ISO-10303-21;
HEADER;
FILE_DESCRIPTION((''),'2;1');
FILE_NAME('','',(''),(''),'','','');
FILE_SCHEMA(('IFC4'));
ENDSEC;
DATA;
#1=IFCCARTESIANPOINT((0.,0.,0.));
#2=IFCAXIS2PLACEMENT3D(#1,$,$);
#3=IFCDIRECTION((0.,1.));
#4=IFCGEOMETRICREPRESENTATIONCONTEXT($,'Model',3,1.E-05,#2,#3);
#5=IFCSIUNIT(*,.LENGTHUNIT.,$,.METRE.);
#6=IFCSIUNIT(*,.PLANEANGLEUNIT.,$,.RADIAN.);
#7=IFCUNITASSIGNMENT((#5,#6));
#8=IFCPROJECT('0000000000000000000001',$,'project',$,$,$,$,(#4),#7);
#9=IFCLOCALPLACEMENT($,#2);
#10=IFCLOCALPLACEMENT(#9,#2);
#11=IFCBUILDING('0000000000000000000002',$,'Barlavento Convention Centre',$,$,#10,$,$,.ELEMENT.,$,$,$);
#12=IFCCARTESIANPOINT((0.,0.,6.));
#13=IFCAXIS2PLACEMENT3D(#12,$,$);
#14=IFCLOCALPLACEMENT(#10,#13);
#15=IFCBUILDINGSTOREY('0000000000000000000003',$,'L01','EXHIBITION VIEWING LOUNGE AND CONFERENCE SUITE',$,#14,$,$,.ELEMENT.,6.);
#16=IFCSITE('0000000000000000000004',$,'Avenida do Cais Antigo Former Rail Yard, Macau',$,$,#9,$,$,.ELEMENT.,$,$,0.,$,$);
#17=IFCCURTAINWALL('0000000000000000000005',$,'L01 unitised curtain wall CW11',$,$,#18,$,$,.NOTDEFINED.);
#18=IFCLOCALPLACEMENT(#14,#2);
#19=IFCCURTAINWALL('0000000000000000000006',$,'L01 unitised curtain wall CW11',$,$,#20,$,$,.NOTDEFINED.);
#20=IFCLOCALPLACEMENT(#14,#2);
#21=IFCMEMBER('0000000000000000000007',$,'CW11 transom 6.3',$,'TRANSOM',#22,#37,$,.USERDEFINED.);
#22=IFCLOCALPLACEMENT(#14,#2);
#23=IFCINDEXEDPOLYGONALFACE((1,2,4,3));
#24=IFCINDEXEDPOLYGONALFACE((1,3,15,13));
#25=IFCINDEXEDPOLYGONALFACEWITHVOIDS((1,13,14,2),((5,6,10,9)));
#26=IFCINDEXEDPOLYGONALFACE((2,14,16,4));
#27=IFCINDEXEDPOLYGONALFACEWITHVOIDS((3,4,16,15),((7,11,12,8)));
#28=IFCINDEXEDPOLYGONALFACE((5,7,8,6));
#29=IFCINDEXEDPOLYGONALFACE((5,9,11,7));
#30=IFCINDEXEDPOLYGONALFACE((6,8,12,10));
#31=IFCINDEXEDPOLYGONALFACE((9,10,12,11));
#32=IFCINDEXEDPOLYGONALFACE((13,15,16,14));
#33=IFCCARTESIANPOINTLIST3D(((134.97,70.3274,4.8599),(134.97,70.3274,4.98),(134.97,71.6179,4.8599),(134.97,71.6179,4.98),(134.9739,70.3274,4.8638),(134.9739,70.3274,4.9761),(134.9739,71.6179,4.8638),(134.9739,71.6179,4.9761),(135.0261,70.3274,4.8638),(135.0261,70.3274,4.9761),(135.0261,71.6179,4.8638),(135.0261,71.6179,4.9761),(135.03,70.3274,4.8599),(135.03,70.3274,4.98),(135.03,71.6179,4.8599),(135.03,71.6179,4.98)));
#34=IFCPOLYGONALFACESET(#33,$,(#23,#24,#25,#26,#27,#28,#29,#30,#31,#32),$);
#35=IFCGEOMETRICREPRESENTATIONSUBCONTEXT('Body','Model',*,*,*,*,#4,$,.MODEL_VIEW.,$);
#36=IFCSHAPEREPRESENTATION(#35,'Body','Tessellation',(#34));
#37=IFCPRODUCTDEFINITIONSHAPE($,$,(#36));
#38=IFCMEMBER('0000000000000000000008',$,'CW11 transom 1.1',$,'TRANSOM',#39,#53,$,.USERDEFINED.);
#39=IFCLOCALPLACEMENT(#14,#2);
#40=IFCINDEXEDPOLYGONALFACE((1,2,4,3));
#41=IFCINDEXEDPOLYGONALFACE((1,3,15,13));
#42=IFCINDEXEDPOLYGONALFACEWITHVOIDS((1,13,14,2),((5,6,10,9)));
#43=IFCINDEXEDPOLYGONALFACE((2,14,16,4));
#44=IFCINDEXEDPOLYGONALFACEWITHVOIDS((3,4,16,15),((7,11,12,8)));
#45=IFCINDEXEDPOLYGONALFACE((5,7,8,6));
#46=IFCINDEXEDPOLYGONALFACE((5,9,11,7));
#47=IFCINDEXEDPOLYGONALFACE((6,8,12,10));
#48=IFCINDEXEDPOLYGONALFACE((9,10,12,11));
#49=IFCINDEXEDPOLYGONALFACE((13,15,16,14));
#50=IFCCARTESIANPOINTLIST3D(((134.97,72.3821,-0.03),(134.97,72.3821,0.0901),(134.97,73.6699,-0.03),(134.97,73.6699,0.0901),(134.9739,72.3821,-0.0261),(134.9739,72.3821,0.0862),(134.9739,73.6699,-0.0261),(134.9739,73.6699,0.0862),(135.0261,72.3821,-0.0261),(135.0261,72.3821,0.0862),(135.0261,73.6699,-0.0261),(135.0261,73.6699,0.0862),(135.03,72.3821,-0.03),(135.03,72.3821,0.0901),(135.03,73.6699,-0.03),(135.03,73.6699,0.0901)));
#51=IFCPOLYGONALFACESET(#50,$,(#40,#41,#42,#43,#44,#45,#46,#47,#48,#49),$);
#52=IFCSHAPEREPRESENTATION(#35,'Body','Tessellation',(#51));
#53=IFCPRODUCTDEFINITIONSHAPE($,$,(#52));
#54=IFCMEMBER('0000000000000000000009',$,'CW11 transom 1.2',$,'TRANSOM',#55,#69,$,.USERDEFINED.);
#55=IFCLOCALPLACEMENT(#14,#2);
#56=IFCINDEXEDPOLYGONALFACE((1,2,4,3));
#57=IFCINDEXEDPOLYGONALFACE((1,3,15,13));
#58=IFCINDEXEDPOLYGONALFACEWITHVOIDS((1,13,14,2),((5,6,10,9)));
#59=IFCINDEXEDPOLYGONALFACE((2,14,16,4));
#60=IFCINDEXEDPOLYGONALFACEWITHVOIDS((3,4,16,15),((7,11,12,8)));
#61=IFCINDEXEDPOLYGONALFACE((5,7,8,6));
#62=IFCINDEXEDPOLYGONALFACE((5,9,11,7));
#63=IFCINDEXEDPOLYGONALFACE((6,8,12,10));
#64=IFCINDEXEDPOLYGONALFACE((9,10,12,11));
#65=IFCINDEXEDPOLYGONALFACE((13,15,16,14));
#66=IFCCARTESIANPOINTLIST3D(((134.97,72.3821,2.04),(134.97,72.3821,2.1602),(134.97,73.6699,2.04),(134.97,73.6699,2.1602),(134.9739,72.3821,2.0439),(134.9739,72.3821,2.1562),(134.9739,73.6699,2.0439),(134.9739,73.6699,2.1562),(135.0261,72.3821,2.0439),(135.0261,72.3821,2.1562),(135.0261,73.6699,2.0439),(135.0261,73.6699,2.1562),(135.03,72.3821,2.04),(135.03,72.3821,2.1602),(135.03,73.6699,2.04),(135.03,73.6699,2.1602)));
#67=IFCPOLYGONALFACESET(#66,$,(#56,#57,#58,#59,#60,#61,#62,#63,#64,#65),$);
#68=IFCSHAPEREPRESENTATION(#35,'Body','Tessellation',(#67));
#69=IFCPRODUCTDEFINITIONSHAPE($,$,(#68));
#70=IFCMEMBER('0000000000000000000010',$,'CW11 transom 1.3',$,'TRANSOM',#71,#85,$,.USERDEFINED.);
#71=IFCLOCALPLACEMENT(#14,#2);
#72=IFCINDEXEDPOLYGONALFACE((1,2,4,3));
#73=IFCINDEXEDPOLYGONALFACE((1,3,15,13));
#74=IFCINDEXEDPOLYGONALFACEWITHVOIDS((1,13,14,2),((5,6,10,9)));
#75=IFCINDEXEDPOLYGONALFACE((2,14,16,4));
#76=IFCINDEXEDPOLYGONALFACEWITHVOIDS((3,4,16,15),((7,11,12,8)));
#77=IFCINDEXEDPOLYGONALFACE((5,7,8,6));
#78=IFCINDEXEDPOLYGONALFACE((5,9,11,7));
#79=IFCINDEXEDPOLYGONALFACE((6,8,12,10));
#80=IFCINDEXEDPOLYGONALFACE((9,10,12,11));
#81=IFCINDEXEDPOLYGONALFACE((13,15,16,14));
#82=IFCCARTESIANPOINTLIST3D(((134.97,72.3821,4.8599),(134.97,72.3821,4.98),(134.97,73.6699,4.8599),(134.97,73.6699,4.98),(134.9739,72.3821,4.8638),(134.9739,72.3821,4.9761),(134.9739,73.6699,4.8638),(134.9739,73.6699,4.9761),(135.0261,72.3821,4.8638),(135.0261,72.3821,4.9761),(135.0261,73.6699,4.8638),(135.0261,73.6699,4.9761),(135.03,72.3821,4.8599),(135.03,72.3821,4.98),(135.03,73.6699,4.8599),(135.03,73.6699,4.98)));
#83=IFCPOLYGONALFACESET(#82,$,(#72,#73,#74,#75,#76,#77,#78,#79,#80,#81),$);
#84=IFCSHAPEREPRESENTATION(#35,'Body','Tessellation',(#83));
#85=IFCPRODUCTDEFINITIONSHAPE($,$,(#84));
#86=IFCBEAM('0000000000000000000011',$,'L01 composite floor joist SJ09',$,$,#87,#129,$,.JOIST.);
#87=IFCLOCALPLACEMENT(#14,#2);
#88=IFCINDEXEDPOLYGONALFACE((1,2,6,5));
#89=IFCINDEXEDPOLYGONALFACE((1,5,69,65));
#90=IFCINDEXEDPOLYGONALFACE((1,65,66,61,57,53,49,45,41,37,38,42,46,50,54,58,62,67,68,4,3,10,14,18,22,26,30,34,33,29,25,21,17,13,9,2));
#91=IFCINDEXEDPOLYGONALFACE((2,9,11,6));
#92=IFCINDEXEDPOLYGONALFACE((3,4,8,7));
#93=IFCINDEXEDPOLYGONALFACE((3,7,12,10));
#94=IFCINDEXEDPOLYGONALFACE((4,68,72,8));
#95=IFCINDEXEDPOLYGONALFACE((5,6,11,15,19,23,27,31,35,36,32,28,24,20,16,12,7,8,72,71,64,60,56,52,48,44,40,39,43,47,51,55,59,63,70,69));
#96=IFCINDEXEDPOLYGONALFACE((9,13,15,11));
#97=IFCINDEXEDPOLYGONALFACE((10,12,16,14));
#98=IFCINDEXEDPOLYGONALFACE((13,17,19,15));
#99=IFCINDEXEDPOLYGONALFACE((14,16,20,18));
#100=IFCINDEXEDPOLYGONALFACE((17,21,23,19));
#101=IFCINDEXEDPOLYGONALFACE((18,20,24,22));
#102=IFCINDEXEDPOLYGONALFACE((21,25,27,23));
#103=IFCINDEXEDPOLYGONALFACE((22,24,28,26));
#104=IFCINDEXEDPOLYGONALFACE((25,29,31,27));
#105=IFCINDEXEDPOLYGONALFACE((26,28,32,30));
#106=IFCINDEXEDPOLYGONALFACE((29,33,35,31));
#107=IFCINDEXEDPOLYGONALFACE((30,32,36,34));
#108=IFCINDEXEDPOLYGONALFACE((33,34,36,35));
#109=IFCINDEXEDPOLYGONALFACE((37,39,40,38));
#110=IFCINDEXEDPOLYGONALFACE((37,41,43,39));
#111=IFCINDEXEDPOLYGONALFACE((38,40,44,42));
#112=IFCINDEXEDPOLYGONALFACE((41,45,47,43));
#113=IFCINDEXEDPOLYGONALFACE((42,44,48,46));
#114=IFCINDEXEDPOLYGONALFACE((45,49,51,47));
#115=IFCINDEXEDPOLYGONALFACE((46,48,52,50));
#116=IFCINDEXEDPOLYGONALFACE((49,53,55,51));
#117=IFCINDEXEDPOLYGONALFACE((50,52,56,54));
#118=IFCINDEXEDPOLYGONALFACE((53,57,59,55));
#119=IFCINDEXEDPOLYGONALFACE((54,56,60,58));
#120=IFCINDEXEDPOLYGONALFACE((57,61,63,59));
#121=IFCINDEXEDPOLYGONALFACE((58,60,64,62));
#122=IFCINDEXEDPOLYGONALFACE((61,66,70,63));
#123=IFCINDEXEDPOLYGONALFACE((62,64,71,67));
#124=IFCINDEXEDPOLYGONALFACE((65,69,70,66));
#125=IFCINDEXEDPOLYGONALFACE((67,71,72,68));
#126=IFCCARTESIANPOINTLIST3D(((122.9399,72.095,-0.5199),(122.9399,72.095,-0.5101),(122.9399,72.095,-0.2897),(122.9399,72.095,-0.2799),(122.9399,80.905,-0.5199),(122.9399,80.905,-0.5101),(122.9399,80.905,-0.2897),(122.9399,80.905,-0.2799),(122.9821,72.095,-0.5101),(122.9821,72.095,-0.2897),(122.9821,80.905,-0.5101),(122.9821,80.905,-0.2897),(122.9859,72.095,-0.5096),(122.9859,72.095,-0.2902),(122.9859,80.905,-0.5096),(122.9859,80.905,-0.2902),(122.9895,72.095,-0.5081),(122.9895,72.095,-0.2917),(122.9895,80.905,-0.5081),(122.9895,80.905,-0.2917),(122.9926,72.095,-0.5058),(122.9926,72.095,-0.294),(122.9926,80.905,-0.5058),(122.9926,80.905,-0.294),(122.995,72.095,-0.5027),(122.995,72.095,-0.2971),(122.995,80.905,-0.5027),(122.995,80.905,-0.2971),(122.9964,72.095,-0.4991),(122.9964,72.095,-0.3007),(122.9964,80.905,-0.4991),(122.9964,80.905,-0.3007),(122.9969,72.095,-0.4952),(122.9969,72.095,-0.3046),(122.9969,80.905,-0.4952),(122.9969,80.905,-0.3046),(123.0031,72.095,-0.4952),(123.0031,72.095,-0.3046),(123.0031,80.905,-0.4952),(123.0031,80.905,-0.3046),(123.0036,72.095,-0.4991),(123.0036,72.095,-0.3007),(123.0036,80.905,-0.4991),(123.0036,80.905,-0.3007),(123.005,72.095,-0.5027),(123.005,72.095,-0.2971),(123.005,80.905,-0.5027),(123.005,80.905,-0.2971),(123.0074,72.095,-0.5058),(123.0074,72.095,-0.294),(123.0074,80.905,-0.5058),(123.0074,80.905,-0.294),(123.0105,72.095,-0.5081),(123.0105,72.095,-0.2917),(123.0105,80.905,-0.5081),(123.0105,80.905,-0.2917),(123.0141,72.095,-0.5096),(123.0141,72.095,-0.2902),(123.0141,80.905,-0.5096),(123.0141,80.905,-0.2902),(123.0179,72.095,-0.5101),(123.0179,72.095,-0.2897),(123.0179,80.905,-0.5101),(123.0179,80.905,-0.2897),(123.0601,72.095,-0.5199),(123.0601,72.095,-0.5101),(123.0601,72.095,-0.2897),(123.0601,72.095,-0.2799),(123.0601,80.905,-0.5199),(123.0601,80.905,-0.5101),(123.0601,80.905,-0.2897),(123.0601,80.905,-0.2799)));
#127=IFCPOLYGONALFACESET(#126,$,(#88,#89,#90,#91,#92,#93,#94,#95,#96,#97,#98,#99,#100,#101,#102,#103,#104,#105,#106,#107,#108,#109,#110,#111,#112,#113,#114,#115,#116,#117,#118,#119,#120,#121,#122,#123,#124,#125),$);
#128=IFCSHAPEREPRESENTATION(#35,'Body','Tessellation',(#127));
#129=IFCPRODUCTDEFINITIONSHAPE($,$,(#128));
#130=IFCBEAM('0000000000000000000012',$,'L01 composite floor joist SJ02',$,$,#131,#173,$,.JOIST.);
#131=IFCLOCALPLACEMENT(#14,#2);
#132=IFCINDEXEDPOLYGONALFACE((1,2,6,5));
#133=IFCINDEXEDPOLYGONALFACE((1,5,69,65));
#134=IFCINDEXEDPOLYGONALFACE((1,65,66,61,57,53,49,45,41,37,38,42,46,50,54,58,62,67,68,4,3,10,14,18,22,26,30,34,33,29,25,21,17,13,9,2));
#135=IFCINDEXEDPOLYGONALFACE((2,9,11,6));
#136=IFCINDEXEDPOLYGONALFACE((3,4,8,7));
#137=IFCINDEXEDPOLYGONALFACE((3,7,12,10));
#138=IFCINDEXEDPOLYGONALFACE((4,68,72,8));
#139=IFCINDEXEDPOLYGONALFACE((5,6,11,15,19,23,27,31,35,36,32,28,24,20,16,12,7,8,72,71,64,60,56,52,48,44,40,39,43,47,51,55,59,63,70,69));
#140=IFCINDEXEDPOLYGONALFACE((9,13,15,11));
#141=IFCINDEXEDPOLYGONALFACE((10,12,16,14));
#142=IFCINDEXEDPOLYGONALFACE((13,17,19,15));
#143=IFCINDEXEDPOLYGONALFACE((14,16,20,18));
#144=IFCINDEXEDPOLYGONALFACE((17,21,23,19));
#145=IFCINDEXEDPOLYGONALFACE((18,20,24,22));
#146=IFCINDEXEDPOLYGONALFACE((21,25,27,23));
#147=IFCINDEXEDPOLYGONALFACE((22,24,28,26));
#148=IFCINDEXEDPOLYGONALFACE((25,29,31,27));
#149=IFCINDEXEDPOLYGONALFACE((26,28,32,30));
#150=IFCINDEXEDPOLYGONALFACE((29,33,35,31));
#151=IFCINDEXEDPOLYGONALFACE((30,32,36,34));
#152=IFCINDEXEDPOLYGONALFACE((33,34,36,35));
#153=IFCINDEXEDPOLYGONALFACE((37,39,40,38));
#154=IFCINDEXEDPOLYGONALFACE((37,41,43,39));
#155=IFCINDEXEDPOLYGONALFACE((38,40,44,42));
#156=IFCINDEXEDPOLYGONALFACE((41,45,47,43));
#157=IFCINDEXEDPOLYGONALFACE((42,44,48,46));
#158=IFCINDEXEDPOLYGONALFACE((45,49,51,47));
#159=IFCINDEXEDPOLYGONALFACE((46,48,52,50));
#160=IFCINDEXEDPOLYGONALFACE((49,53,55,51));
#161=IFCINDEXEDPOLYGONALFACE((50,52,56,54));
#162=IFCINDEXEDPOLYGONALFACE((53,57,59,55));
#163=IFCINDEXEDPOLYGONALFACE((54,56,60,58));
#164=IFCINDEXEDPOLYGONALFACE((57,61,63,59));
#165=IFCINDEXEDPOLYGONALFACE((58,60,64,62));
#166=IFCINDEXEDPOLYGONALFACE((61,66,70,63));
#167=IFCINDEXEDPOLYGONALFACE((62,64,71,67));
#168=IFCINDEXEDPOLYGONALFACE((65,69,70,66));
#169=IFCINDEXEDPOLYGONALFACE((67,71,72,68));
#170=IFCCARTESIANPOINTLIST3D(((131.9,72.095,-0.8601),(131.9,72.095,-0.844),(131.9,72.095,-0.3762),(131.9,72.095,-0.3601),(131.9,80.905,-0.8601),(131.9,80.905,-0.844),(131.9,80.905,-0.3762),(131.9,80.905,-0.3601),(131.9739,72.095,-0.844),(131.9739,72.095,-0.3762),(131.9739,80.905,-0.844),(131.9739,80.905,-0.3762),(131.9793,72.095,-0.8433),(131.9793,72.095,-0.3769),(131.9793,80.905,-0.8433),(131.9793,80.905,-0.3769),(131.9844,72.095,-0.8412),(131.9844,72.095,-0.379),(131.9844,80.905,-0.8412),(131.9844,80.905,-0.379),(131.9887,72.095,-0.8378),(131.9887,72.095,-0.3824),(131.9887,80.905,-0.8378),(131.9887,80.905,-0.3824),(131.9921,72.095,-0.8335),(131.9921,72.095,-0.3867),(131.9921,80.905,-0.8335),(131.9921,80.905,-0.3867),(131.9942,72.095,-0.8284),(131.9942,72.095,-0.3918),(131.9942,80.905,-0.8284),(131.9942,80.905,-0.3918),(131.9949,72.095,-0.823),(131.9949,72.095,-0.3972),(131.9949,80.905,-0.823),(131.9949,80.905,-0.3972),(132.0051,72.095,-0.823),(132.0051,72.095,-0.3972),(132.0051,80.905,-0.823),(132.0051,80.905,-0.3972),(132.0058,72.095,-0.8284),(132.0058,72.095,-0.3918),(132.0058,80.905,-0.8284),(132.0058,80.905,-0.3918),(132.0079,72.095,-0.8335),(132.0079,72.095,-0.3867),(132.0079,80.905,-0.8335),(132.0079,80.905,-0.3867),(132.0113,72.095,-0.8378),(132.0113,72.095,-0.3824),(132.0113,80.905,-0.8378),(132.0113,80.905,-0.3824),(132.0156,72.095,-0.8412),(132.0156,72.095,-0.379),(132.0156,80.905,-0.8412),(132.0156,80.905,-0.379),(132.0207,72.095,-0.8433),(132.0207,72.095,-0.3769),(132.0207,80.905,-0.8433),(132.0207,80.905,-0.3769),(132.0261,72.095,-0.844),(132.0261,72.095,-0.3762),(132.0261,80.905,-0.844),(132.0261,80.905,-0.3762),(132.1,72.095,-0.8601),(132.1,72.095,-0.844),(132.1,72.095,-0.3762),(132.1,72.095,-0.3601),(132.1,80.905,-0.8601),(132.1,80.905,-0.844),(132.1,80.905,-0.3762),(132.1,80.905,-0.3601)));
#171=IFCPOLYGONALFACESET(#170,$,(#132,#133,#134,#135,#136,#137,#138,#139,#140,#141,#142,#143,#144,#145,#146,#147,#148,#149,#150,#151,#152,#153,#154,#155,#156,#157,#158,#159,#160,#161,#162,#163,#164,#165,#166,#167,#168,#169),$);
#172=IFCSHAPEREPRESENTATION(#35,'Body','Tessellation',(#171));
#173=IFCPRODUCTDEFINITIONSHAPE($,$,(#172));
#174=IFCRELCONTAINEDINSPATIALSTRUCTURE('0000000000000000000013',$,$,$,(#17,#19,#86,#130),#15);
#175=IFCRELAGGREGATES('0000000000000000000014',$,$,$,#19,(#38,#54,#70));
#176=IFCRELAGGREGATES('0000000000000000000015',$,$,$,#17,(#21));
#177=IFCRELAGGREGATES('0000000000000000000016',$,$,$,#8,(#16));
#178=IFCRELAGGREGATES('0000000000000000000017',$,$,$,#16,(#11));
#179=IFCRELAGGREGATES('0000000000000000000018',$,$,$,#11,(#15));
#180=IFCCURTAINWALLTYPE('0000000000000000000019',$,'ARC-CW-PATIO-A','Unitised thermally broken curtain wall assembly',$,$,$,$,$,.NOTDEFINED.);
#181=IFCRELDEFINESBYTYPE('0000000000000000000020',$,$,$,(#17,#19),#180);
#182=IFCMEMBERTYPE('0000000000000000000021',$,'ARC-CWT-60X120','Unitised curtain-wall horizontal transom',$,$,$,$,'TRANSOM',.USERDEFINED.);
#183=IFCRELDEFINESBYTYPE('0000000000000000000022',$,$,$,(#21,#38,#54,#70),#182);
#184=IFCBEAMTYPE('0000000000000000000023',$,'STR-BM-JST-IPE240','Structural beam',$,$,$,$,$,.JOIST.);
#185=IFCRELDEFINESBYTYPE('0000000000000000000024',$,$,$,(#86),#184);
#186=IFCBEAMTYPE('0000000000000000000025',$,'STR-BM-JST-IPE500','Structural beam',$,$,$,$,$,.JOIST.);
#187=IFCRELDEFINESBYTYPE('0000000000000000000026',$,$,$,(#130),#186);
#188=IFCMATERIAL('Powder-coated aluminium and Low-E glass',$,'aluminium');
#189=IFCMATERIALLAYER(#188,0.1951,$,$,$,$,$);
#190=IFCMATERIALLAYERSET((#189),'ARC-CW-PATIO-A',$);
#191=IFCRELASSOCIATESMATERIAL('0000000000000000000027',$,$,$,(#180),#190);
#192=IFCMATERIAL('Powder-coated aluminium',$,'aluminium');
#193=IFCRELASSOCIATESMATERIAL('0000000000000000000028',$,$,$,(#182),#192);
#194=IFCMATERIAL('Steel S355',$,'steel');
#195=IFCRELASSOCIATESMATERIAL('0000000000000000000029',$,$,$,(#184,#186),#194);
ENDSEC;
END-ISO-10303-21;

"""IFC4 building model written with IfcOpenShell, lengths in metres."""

from ifc_helpers import new_model, si_unit, direction, frame, origin, origin_2d, place, context, subcontext, project, spatial, hollow_rectangle, i_section, extrude, material, layer, layer_set, material_profile, profile_set, type_object, element, aggregate, save


model = new_model("IFC4")

# Units and contexts
model_context = context("Model", 3, precision=1e-05, world=origin(), true_north=direction((0.0, 1.0)))
body_context = subcontext(model_context, "Body", "Model", "MODEL_VIEW")
ifc_project = project(units=[si_unit("LENGTHUNIT", "METRE"), si_unit("PLANEANGLEUNIT", "RADIAN")], contexts=[model_context])

# Site, building, storey
site_placement = place(None, origin())
site = spatial("IfcSite", under=ifc_project, at=site_placement, Name="Avenida do Cais Antigo Former Rail Yard, Macau", CompositionType="ELEMENT", RefElevation=0.0)
building_placement = place(site_placement, origin())
building = spatial("IfcBuilding", under=site, at=building_placement, Name="Barlavento Convention Centre", CompositionType="ELEMENT")
storey_placement = place(building_placement, frame((0.0, 0.0, 6.0)))
storey = spatial("IfcBuildingStorey", under=building, at=storey_placement, Name="L01", Description="EXHIBITION VIEWING LOUNGE AND CONFERENCE SUITE", CompositionType="ELEMENT", Elevation=6.0)

# Shared definitions
ifc_material_1 = material(Name="Steel S355", Category="steel")

# Curtain wall
ifc_material_2 = material(Name="Powder-coated aluminium and Low-E glass", Category="aluminium")
ifc_layer_1 = layer(ifc_material_2, 0.1951)
ifc_layer_set_1 = layer_set([ifc_layer_1], Name="ARC-CW-PATIO-A")
curtain_wall_type = type_object("IfcCurtainWallType", Name="ARC-CW-PATIO-A", Description="Unitised thermally broken curtain wall assembly", PredefinedType="NOTDEFINED", material=ifc_layer_set_1)
curtain_wall_1_placement = place(storey_placement, origin())
curtain_wall_1 = element("IfcCurtainWall", 1, at=curtain_wall_1_placement, inside=storey, type_object=curtain_wall_type, Name="L01 unitised curtain wall CW11", PredefinedType="NOTDEFINED")
ifc_material_3 = material(Name="Powder-coated aluminium", Category="aluminium")

# Curtain wall
curtain_wall_2_placement = place(storey_placement, origin())
curtain_wall_2 = element("IfcCurtainWall", 2, at=curtain_wall_2_placement, inside=storey, type_object=curtain_wall_type, Name="L01 unitised curtain wall CW11", PredefinedType="NOTDEFINED")

# Members
ifc_material_profile_1 = material_profile(ifc_material_3, hollow_rectangle(XDim=0.0601, YDim=0.1201, WallThickness=0.0039, at=origin_2d()), Name="AL-TRAN 60x120x4")
ifc_profile_set_1 = profile_set([ifc_material_profile_1], Name="Powder-coated aluminium")
member_type_1 = type_object("IfcMemberType", Name="ARC-CWT-60X120", Description="Unitised curtain-wall horizontal transom", ElementType="TRANSOM", PredefinedType="USERDEFINED", material=ifc_profile_set_1)
member_1_placement = place(storey_placement, frame((135.0, 70.3274, 4.9199), z_axis=(0.0, 1.0, 0.0), x_axis=(-1.0, 0.0, 0.0)))
member_1 = element("IfcMember", 3, at=member_1_placement, type_object=member_type_1, Name="CW11 transom 6.3", ObjectType="TRANSOM", PredefinedType="USERDEFINED", context=body_context, shape_type="SweptSolid", body=[
    extrude(hollow_rectangle(XDim=0.0601, YDim=0.1201, WallThickness=0.0039, at=origin_2d()), origin(), (0.0, 0.0, 1.0), 1.2905),
])
member_2_placement = place(storey_placement, frame((135.0, 72.3821, 0.03), z_axis=(0.0, 1.0, 0.0), x_axis=(-1.0, 0.0, 0.0)))
member_2 = element("IfcMember", 4, at=member_2_placement, type_object=member_type_1, Name="CW11 transom 1.1", ObjectType="TRANSOM", PredefinedType="USERDEFINED", context=body_context, shape_type="SweptSolid", body=[
    extrude(hollow_rectangle(XDim=0.0601, YDim=0.1201, WallThickness=0.0039, at=origin_2d()), origin(), (0.0, 0.0, 1.0), 1.2878),
])
member_3_placement = place(storey_placement, frame((135.0, 72.3821, 2.1001), z_axis=(0.0, 1.0, 0.0), x_axis=(-1.0, 0.0, 0.0)))
member_3 = element("IfcMember", 5, at=member_3_placement, type_object=member_type_1, Name="CW11 transom 1.2", ObjectType="TRANSOM", PredefinedType="USERDEFINED", context=body_context, shape_type="SweptSolid", body=[
    extrude(hollow_rectangle(XDim=0.0601, YDim=0.1201, WallThickness=0.0039, at=origin_2d()), origin(), (0.0, 0.0, 1.0), 1.2878),
])
member_4_placement = place(storey_placement, frame((135.0, 72.3821, 4.9199), z_axis=(0.0, 1.0, 0.0), x_axis=(-1.0, 0.0, 0.0)))
member_4 = element("IfcMember", 6, at=member_4_placement, type_object=member_type_1, Name="CW11 transom 1.3", ObjectType="TRANSOM", PredefinedType="USERDEFINED", context=body_context, shape_type="SweptSolid", body=[
    extrude(hollow_rectangle(XDim=0.0601, YDim=0.1201, WallThickness=0.0039, at=origin_2d()), origin(), (0.0, 0.0, 1.0), 1.2878),
])
aggregate(curtain_wall_2, [member_2, member_3, member_4])

# Beams
ifc_material_profile_2 = material_profile(ifc_material_1, i_section(OverallWidth=0.1201, OverallDepth=0.24, WebThickness=0.0061, FlangeThickness=0.0098, FilletRadius=0.0149, at=origin_2d()), Name="IPE 240")
ifc_profile_set_2 = profile_set([ifc_material_profile_2], Name="Steel S355")
beam_type_1 = type_object("IfcBeamType", Name="STR-BM-JST-IPE240", Description="Structural beam", PredefinedType="JOIST", material=ifc_profile_set_2)
beam_1_placement = place(storey_placement, frame((123.0, 72.095, -0.3999), z_axis=(0.0, 1.0, 0.0), x_axis=(-1.0, 0.0, 0.0)))
element("IfcBeam", 7, at=beam_1_placement, inside=storey, type_object=beam_type_1, Name="L01 composite floor joist SJ09", PredefinedType="JOIST", context=body_context, shape_type="SweptSolid", body=[
    extrude(i_section(OverallWidth=0.1201, OverallDepth=0.24, WebThickness=0.0061, FlangeThickness=0.0098, FilletRadius=0.0149, at=origin_2d()), origin(), (0.0, 0.0, 1.0), 8.8101),
])
ifc_material_profile_3 = material_profile(ifc_material_1, i_section(OverallWidth=0.2, OverallDepth=0.5, WebThickness=0.0103, FlangeThickness=0.0161, FilletRadius=0.021, at=origin_2d()), Name="IPE 500")
ifc_profile_set_3 = profile_set([ifc_material_profile_3], Name="Steel S355")
beam_type_2 = type_object("IfcBeamType", Name="STR-BM-JST-IPE500", Description="Structural beam", PredefinedType="JOIST", material=ifc_profile_set_3)
beam_2_placement = place(storey_placement, frame((132.0, 72.095, -0.6101), z_axis=(0.0, 1.0, 0.0), x_axis=(-1.0, 0.0, 0.0)))
element("IfcBeam", 8, at=beam_2_placement, inside=storey, type_object=beam_type_2, Name="L01 composite floor joist SJ02", PredefinedType="JOIST", context=body_context, shape_type="SweptSolid", body=[
    extrude(i_section(OverallWidth=0.2, OverallDepth=0.5, WebThickness=0.0103, FlangeThickness=0.0161, FilletRadius=0.021, at=origin_2d()), origin(), (0.0, 0.0, 1.0), 8.8101),
])

aggregate(curtain_wall_1, [member_1])

save(model, "model.ifc")
